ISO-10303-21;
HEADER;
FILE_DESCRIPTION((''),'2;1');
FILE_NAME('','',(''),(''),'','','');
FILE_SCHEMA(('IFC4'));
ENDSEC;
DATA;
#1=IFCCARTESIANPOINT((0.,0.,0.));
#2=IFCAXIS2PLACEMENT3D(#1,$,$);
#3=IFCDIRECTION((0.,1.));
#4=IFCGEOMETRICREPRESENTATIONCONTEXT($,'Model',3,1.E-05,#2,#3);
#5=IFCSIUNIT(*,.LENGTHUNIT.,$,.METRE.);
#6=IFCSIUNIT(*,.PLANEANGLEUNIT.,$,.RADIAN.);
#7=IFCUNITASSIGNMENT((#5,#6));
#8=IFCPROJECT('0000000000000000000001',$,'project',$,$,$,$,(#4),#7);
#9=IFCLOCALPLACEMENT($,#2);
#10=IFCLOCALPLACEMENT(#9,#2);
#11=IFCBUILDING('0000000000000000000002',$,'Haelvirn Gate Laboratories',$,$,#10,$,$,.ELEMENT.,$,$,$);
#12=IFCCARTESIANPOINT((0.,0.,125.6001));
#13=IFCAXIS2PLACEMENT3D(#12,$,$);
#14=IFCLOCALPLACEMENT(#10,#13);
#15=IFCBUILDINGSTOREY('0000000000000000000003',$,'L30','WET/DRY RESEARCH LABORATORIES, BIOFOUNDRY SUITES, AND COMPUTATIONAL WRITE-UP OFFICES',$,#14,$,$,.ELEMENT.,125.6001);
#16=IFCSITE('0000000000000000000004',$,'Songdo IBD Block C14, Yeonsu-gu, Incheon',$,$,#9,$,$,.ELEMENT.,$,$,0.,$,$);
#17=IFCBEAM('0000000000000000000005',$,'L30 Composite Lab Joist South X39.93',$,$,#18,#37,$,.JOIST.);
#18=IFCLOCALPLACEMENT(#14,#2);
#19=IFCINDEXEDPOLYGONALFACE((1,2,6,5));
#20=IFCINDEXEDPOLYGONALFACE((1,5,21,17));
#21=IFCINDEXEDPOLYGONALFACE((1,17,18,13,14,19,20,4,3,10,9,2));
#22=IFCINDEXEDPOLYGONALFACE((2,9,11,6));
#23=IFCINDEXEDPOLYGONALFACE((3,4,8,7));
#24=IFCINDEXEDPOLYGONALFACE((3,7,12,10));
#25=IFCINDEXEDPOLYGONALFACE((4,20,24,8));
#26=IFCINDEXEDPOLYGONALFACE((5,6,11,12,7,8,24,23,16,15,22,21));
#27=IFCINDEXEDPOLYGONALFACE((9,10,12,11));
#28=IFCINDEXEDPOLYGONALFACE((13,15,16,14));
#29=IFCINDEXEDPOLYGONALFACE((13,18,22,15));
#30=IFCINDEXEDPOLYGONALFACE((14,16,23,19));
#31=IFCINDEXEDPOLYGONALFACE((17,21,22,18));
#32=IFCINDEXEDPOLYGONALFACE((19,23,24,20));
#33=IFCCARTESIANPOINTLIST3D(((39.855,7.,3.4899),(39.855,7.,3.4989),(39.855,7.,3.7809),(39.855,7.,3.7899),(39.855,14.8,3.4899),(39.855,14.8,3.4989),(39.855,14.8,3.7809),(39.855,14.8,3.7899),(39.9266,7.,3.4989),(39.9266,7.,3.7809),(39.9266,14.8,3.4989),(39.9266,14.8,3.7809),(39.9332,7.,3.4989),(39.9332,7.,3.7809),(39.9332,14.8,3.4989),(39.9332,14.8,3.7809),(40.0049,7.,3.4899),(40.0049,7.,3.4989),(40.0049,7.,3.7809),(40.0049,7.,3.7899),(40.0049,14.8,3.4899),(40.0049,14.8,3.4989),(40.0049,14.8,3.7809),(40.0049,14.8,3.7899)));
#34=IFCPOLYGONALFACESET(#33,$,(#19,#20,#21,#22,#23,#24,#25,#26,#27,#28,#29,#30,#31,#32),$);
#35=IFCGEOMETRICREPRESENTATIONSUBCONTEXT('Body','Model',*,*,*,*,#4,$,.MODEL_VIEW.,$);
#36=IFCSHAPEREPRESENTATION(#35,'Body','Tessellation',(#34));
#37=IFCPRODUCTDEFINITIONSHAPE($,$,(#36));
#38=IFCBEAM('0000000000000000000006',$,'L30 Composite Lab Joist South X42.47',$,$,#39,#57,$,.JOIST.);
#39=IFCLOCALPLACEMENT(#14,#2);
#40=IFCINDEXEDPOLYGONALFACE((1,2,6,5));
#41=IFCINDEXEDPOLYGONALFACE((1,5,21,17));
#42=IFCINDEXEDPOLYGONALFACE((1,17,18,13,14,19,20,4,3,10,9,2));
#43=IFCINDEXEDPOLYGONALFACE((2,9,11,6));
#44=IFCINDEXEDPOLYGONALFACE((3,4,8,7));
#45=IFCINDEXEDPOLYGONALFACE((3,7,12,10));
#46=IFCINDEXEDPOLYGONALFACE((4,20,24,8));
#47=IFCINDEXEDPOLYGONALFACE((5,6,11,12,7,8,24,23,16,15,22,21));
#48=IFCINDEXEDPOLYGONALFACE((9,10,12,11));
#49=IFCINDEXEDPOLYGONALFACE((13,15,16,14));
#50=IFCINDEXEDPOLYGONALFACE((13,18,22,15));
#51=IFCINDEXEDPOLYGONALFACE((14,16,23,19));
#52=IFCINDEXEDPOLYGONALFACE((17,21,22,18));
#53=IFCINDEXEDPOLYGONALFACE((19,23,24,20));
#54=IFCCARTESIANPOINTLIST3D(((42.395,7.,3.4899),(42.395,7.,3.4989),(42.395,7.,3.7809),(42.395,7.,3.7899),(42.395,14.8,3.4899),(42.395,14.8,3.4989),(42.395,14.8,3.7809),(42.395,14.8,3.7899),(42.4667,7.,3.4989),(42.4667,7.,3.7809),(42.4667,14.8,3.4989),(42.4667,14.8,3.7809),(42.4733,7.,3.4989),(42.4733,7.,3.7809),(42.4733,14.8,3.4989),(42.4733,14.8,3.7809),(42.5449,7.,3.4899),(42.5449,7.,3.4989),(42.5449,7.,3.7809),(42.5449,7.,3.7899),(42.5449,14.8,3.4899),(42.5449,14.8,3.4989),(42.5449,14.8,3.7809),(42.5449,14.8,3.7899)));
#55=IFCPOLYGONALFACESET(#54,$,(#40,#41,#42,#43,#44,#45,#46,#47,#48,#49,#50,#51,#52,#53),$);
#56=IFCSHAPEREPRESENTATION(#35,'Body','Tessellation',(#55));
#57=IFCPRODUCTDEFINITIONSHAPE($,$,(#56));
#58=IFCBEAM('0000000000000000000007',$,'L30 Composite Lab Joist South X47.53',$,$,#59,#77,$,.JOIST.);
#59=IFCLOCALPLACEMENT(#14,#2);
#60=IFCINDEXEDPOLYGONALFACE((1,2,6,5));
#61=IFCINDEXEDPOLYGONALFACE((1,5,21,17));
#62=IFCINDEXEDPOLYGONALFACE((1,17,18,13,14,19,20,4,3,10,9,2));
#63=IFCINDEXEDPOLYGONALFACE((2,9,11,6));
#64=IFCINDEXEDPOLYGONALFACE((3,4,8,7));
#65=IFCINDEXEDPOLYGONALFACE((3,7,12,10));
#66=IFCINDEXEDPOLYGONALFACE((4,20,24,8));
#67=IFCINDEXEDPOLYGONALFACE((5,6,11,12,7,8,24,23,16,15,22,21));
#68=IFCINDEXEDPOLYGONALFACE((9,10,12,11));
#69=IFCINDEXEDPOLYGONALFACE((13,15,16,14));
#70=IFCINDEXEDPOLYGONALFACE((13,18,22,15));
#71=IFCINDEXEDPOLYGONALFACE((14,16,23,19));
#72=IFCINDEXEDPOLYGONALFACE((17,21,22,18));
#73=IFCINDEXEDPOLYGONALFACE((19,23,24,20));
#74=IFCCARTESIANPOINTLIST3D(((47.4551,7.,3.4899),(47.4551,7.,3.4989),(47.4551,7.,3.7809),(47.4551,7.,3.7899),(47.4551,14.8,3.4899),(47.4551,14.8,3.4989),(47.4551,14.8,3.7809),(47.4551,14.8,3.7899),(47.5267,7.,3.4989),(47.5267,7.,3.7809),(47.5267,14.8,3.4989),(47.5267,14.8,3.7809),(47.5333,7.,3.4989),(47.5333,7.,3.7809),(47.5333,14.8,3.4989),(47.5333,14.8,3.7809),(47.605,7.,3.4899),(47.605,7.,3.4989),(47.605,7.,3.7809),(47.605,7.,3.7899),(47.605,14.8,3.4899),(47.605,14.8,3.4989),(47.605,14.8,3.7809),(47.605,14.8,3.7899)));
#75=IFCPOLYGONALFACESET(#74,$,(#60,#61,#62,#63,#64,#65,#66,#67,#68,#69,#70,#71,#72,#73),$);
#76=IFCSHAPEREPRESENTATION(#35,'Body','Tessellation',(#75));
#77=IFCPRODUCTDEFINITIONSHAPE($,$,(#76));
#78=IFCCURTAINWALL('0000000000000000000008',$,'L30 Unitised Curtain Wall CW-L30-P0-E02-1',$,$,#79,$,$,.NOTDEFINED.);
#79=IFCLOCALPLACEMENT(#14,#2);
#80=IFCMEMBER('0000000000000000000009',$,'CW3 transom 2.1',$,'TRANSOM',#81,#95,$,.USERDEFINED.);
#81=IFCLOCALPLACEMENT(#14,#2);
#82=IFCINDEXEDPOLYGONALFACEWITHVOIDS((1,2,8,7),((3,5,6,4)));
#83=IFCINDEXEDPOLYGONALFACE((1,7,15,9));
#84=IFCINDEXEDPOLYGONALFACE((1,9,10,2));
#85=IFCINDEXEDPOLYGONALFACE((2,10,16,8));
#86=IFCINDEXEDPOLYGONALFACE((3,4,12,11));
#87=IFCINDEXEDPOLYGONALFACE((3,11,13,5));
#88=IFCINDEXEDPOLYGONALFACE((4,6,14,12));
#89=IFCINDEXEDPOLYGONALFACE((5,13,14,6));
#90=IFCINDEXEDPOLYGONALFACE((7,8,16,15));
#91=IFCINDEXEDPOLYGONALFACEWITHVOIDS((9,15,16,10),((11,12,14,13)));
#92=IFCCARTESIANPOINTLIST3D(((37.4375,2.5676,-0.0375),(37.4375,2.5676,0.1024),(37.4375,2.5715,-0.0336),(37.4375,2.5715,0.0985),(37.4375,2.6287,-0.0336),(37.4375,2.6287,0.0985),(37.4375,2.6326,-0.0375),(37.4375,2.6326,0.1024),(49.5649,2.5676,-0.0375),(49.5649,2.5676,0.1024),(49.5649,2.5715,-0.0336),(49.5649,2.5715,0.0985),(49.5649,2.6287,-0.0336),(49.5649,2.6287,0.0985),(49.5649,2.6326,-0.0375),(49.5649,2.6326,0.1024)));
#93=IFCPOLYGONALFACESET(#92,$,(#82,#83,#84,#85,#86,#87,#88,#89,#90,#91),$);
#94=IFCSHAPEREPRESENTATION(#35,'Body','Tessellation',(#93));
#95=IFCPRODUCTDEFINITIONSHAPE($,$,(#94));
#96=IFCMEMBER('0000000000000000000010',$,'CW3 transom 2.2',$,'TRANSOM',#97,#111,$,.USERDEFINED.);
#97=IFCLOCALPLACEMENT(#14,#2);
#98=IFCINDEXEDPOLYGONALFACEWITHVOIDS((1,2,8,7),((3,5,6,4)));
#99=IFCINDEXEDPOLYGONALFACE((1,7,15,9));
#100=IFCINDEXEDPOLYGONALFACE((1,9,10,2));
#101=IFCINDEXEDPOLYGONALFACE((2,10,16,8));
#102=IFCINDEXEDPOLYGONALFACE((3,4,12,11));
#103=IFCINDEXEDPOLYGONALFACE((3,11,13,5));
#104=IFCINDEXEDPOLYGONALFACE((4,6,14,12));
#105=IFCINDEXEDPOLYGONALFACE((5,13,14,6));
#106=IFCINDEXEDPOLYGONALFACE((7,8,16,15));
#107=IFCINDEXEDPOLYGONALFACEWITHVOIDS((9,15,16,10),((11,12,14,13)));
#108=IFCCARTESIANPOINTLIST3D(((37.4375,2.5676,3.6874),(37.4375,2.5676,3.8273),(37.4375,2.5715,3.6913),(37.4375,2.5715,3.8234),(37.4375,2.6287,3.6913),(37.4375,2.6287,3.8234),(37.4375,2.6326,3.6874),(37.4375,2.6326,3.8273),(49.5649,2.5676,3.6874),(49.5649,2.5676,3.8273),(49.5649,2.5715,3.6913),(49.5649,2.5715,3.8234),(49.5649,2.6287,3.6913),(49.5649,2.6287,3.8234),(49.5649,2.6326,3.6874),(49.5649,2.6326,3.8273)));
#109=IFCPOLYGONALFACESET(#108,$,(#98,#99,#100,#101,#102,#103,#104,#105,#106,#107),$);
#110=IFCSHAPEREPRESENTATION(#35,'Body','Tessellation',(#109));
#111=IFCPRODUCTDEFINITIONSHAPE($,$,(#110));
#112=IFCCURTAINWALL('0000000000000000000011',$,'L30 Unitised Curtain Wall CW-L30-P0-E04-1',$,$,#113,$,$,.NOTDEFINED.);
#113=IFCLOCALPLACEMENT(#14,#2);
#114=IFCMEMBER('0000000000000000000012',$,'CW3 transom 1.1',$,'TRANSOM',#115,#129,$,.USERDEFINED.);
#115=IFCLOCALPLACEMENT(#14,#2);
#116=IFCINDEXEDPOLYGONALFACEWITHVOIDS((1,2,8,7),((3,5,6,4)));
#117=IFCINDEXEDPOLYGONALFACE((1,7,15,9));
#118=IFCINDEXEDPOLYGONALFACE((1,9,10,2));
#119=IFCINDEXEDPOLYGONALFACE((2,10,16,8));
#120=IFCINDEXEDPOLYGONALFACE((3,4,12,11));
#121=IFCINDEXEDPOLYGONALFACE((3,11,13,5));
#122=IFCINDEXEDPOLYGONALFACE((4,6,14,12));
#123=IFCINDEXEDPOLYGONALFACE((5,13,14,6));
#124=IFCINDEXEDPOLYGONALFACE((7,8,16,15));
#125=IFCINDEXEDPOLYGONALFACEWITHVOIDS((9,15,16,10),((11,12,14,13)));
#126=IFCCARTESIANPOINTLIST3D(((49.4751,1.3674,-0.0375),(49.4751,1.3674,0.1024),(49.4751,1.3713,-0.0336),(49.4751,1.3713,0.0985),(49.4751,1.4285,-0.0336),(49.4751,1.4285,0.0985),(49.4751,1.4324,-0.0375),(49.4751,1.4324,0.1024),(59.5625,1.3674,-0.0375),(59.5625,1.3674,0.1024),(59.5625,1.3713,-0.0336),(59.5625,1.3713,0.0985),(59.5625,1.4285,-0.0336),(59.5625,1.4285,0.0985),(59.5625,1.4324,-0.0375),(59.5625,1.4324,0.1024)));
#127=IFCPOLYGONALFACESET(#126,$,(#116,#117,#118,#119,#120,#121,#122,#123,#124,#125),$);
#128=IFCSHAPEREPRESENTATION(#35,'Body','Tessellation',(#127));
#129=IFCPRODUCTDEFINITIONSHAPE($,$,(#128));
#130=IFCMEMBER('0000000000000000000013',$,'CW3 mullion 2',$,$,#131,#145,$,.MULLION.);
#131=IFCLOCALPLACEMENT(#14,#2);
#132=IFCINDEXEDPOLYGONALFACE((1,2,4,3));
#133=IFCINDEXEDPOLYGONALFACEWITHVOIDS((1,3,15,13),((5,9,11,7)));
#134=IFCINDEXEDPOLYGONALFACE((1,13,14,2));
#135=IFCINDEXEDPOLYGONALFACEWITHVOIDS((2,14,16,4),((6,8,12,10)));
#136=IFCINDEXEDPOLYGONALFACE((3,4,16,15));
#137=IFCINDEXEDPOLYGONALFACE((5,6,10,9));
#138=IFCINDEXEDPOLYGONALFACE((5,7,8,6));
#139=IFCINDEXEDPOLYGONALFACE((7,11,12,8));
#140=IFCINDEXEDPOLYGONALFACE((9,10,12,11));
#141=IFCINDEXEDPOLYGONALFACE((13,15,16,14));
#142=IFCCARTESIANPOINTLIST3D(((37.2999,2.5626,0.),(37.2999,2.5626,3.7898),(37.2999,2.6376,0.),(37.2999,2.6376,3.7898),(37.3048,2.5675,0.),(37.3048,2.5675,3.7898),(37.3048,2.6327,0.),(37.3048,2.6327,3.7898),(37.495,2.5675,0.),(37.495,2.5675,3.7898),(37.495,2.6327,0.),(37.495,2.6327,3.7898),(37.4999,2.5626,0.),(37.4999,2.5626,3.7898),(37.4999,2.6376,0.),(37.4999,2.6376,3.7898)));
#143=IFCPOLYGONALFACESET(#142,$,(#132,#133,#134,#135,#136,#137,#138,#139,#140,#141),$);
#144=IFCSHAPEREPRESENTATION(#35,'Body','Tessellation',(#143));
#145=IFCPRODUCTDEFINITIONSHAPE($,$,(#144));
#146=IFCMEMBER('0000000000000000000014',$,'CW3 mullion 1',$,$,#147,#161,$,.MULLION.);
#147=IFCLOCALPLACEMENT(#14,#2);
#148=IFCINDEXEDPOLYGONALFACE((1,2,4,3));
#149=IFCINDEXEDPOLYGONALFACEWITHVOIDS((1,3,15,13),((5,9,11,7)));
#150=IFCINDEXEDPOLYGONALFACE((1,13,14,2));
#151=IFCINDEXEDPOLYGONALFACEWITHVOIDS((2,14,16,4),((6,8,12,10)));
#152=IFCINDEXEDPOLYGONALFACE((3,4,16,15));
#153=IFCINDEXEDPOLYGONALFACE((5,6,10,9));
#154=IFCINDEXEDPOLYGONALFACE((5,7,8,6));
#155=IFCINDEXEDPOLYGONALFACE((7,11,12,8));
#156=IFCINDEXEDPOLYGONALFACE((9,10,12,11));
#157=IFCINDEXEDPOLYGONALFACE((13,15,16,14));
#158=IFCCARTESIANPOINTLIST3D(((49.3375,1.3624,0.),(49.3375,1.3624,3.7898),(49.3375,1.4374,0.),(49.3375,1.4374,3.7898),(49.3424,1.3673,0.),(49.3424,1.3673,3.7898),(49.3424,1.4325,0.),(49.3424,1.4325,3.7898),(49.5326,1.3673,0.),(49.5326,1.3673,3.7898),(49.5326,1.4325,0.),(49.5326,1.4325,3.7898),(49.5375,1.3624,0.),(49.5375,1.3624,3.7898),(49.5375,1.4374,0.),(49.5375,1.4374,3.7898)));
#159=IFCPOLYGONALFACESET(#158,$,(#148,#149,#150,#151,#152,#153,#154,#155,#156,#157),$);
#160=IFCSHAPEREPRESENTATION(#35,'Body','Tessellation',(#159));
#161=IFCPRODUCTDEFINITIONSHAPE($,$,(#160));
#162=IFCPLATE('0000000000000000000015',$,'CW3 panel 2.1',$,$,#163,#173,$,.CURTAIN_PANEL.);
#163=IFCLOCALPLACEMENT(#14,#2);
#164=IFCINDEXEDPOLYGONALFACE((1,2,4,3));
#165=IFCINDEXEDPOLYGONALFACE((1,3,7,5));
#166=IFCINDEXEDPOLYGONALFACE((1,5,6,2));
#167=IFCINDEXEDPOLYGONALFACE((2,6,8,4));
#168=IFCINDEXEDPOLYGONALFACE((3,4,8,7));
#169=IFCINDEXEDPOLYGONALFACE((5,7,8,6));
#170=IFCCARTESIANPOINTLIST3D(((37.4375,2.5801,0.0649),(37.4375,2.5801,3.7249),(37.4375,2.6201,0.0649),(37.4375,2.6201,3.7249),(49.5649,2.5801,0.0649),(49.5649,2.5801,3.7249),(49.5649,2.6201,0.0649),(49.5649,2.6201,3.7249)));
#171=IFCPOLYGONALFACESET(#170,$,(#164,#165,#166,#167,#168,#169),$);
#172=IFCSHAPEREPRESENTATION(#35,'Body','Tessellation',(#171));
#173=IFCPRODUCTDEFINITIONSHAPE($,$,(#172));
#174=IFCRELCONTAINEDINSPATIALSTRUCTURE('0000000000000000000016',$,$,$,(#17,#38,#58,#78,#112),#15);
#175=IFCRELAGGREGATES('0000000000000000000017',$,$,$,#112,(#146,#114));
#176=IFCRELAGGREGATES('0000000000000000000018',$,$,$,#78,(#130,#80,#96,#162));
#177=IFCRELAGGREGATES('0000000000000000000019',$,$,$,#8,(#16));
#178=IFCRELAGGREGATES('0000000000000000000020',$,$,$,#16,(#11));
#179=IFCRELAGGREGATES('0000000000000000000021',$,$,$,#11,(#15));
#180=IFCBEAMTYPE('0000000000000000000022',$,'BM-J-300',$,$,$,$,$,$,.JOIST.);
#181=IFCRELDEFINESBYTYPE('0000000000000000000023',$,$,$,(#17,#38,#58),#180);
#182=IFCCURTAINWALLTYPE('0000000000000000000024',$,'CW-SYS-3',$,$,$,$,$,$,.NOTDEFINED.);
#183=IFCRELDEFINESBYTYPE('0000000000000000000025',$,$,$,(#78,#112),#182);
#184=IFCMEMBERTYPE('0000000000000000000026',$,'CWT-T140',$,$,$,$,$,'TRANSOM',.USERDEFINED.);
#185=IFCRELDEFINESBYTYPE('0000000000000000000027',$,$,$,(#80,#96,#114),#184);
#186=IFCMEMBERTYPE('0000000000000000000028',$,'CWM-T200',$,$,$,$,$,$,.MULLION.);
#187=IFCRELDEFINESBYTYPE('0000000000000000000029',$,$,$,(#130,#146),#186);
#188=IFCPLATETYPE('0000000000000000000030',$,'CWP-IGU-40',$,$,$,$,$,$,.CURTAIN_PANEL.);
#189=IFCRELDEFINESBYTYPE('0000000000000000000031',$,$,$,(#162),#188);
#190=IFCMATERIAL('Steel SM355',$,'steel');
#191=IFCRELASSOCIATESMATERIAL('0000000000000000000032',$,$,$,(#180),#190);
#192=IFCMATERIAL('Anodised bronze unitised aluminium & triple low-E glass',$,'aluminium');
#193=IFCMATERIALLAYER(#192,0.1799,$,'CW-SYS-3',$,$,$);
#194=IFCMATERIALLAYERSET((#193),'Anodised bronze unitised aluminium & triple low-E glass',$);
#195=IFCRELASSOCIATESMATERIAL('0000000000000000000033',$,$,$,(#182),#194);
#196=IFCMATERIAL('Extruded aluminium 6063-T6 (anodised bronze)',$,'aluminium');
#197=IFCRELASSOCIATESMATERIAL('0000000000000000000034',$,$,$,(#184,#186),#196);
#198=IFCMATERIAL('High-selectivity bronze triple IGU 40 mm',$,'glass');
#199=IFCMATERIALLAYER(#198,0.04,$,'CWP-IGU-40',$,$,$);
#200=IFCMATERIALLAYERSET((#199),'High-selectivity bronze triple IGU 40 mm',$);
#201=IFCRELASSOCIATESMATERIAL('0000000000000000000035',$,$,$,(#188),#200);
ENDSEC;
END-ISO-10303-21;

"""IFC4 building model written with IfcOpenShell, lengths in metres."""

from ifc_helpers import new_model, si_unit, direction, frame, origin, origin_2d, place, context, subcontext, project, spatial, rectangle, hollow_rectangle, i_section, extrude, source, transform, mapped, material, layer, layer_set, material_profile, profile_set, type_object, type_shapes, element, aggregate, save


model = new_model("IFC4")

# Units and contexts
model_context = context("Model", 3, precision=1e-05, world=origin(), true_north=direction((0.0, 1.0)))
body_context = subcontext(model_context, "Body", "Model", "MODEL_VIEW")
ifc_project = project(units=[si_unit("LENGTHUNIT", "METRE"), si_unit("PLANEANGLEUNIT", "RADIAN")], contexts=[model_context])

# Site, building, storey
site_placement = place(None, origin())
site = spatial("IfcSite", under=ifc_project, at=site_placement, Name="Songdo IBD Block C14, Yeonsu-gu, Incheon", CompositionType="ELEMENT", RefElevation=0.0)
building_placement = place(site_placement, origin())
building = spatial("IfcBuilding", under=site, at=building_placement, Name="Haelvirn Gate Laboratories", CompositionType="ELEMENT")
storey_placement = place(building_placement, frame((0.0, 0.0, 125.6001)))
storey = spatial("IfcBuildingStorey", under=building, at=storey_placement, Name="L30", Description="WET/DRY RESEARCH LABORATORIES, BIOFOUNDRY SUITES, AND COMPUTATIONAL WRITE-UP OFFICES", CompositionType="ELEMENT", Elevation=125.6001)

# Shared definitions
ifc_material_1 = material(Name="Steel SM355", Category="steel")

# Beams
ifc_material_profile_1 = material_profile(ifc_material_1, i_section(OverallWidth=0.1499, OverallDepth=0.3, WebThickness=0.0066, FlangeThickness=0.009, at=origin_2d()), Name="H-300x150x6.5x9")
ifc_profile_set_1 = profile_set([ifc_material_profile_1], Name="Steel SM355")
beam_type_1 = type_object("IfcBeamType", Name="BM-J-300", PredefinedType="JOIST", material=ifc_profile_set_1)
shared_shape_1 = source(origin(), body_context, "Body", "SweptSolid", [
    extrude(i_section(OverallWidth=0.1499, OverallDepth=0.3, WebThickness=0.0066, FlangeThickness=0.009, at=origin_2d()), origin(), (0.0, 0.0, 1.0), 7.8),
])
type_shapes(beam_type_1, [shared_shape_1])
for number, where, z_axis, x_axis, name in (
    (1, (39.9299, 7.0, 3.6399), (0.0, 1.0, 0.0), (-1.0, 0.0, 0.0), "L30 Composite Lab Joist South X39.93"),
    (2, (42.47, 7.0, 3.6399), (0.0, 1.0, 0.0), (-1.0, 0.0, 0.0), "L30 Composite Lab Joist South X42.47"),
    (3, (47.53, 7.0, 3.6399), (0.0, 1.0, 0.0), (-1.0, 0.0, 0.0), "L30 Composite Lab Joist South X47.53"),
):
    element("IfcBeam", number, at=place(storey_placement, frame(where, z_axis=z_axis, x_axis=x_axis)), inside=storey, type_object=beam_type_1, Name=name, PredefinedType="JOIST", context=body_context, shape_type="MappedRepresentation", body=[
        mapped(shared_shape_1, transform((0.0, 0.0, 0.0), scale=1.0)),
    ])

# Curtain wall, members
ifc_material_2 = material(Name="Anodised bronze unitised aluminium & triple low-E glass", Category="aluminium")
ifc_layer_1 = layer(ifc_material_2, 0.1799, Name="CW-SYS-3")
ifc_layer_set_1 = layer_set([ifc_layer_1], Name="Anodised bronze unitised aluminium & triple low-E glass")
curtain_wall_type = type_object("IfcCurtainWallType", Name="CW-SYS-3", PredefinedType="NOTDEFINED", material=ifc_layer_set_1)
curtain_wall_1_placement = place(storey_placement, origin())
curtain_wall_1 = element("IfcCurtainWall", 4, at=curtain_wall_1_placement, inside=storey, type_object=curtain_wall_type, Name="L30 Unitised Curtain Wall CW-L30-P0-E02-1", PredefinedType="NOTDEFINED")
ifc_material_3 = material(Name="Extruded aluminium 6063-T6 (anodised bronze)", Category="aluminium")
ifc_material_profile_2 = material_profile(ifc_material_3, hollow_rectangle(XDim=0.0649, YDim=0.1399, WallThickness=0.0039, at=origin_2d()), Name="CWT-140x65x4")
ifc_profile_set_2 = profile_set([ifc_material_profile_2], Name="Extruded aluminium 6063-T6 (anodised bronze)")
member_type_1 = type_object("IfcMemberType", Name="CWT-T140", ElementType="TRANSOM", PredefinedType="USERDEFINED", material=ifc_profile_set_2)
shared_shape_2 = source(origin(), body_context, "Body", "SweptSolid", [
    extrude(hollow_rectangle(XDim=0.0649, YDim=0.1399, WallThickness=0.0039, at=origin_2d()), origin(), (0.0, 0.0, 1.0), 12.1274),
])
member_1_placement = place(storey_placement, frame((37.4375, 2.6001, 0.0325), z_axis=(1.0, 0.0, 0.0), x_axis=(0.0, 1.0, 0.0)))
member_1 = element("IfcMember", 5, at=member_1_placement, type_object=member_type_1, Name="CW3 transom 2.1", ObjectType="TRANSOM", PredefinedType="USERDEFINED", context=body_context, shape_type="MappedRepresentation", body=[
    mapped(shared_shape_2, transform((0.0, 0.0, 0.0), scale=1.0)),
])
member_2_placement = place(storey_placement, frame((37.4375, 2.6001, 3.7573), z_axis=(1.0, 0.0, 0.0), x_axis=(0.0, 1.0, 0.0)))
member_2 = element("IfcMember", 6, at=member_2_placement, type_object=member_type_1, Name="CW3 transom 2.2", ObjectType="TRANSOM", PredefinedType="USERDEFINED", context=body_context, shape_type="MappedRepresentation", body=[
    mapped(shared_shape_2, transform((0.0, 0.0, 0.0), scale=1.0)),
])

# Curtain wall, member
curtain_wall_2_placement = place(storey_placement, origin())
curtain_wall_2 = element("IfcCurtainWall", 7, at=curtain_wall_2_placement, inside=storey, type_object=curtain_wall_type, Name="L30 Unitised Curtain Wall CW-L30-P0-E04-1", PredefinedType="NOTDEFINED")
shared_shape_3 = source(origin(), body_context, "Body", "SweptSolid", [
    extrude(hollow_rectangle(XDim=0.0649, YDim=0.1399, WallThickness=0.0039, at=origin_2d()), origin(), (0.0, 0.0, 1.0), 10.0874),
])
type_shapes(member_type_1, [shared_shape_2, shared_shape_3])
member_3_placement = place(storey_placement, frame((49.4751, 1.3999, 0.0325), z_axis=(1.0, 0.0, 0.0), x_axis=(0.0, 1.0, 0.0)))
member_3 = element("IfcMember", 8, at=member_3_placement, type_object=member_type_1, Name="CW3 transom 1.1", ObjectType="TRANSOM", PredefinedType="USERDEFINED", context=body_context, shape_type="MappedRepresentation", body=[
    mapped(shared_shape_3, transform((0.0, 0.0, 0.0), scale=1.0)),
])

# Members
ifc_material_profile_3 = material_profile(ifc_material_3, hollow_rectangle(XDim=0.075, YDim=0.2, WallThickness=0.0049, at=origin_2d()), Name="CWM-200x75x5")
ifc_profile_set_3 = profile_set([ifc_material_profile_3], Name="Extruded aluminium 6063-T6 (anodised bronze)")
member_type_2 = type_object("IfcMemberType", Name="CWM-T200", PredefinedType="MULLION", material=ifc_profile_set_3)
shared_shape_4 = source(origin(), body_context, "Body", "SweptSolid", [
    extrude(hollow_rectangle(XDim=0.075, YDim=0.2, WallThickness=0.0049, at=origin_2d()), origin(), (0.0, 0.0, 1.0), 3.7898),
])
type_shapes(member_type_2, [shared_shape_4])
member_4_placement = place(storey_placement, frame((37.3999, 2.6001, 0.0), z_axis=(0.0, 0.0, 1.0), x_axis=(0.0, 1.0, 0.0)))
member_4 = element("IfcMember", 9, at=member_4_placement, type_object=member_type_2, Name="CW3 mullion 2", PredefinedType="MULLION", context=body_context, shape_type="MappedRepresentation", body=[
    mapped(shared_shape_4, transform((0.0, 0.0, 0.0), scale=1.0)),
])
member_5_placement = place(storey_placement, frame((49.4375, 1.3999, 0.0), z_axis=(0.0, 0.0, 1.0), x_axis=(0.0, 1.0, 0.0)))
member_5 = element("IfcMember", 10, at=member_5_placement, type_object=member_type_2, Name="CW3 mullion 1", PredefinedType="MULLION", context=body_context, shape_type="MappedRepresentation", body=[
    mapped(shared_shape_4, transform((0.0, 0.0, 0.0), scale=1.0)),
])
aggregate(curtain_wall_2, [member_5, member_3])

# Plate
ifc_material_4 = material(Name="High-selectivity bronze triple IGU 40 mm", Category="glass")
ifc_layer_2 = layer(ifc_material_4, 0.04, Name="CWP-IGU-40")
ifc_layer_set_2 = layer_set([ifc_layer_2], Name="High-selectivity bronze triple IGU 40 mm")
plate_type = type_object("IfcPlateType", Name="CWP-IGU-40", PredefinedType="CURTAIN_PANEL", material=ifc_layer_set_2)
shared_shape_5 = source(origin(), body_context, "Body", "SweptSolid", [
    extrude(rectangle(XDim=12.1274, YDim=0.04, at=origin_2d()), origin(), (0.0, 0.0, 1.0), 3.6599),
])
type_shapes(plate_type, [shared_shape_5])
plate_placement = place(storey_placement, frame((43.5012, 2.6001, 0.0649), z_axis=(0.0, 0.0, 1.0), x_axis=(1.0, 0.0, 0.0)))
plate = element("IfcPlate", 11, at=plate_placement, type_object=plate_type, Name="CW3 panel 2.1", PredefinedType="CURTAIN_PANEL", context=body_context, shape_type="MappedRepresentation", body=[
    mapped(shared_shape_5, transform((0.0, 0.0, 0.0), scale=1.0)),
])
aggregate(curtain_wall_1, [member_4, member_1, member_2, plate])

save(model, "model.ifc")
